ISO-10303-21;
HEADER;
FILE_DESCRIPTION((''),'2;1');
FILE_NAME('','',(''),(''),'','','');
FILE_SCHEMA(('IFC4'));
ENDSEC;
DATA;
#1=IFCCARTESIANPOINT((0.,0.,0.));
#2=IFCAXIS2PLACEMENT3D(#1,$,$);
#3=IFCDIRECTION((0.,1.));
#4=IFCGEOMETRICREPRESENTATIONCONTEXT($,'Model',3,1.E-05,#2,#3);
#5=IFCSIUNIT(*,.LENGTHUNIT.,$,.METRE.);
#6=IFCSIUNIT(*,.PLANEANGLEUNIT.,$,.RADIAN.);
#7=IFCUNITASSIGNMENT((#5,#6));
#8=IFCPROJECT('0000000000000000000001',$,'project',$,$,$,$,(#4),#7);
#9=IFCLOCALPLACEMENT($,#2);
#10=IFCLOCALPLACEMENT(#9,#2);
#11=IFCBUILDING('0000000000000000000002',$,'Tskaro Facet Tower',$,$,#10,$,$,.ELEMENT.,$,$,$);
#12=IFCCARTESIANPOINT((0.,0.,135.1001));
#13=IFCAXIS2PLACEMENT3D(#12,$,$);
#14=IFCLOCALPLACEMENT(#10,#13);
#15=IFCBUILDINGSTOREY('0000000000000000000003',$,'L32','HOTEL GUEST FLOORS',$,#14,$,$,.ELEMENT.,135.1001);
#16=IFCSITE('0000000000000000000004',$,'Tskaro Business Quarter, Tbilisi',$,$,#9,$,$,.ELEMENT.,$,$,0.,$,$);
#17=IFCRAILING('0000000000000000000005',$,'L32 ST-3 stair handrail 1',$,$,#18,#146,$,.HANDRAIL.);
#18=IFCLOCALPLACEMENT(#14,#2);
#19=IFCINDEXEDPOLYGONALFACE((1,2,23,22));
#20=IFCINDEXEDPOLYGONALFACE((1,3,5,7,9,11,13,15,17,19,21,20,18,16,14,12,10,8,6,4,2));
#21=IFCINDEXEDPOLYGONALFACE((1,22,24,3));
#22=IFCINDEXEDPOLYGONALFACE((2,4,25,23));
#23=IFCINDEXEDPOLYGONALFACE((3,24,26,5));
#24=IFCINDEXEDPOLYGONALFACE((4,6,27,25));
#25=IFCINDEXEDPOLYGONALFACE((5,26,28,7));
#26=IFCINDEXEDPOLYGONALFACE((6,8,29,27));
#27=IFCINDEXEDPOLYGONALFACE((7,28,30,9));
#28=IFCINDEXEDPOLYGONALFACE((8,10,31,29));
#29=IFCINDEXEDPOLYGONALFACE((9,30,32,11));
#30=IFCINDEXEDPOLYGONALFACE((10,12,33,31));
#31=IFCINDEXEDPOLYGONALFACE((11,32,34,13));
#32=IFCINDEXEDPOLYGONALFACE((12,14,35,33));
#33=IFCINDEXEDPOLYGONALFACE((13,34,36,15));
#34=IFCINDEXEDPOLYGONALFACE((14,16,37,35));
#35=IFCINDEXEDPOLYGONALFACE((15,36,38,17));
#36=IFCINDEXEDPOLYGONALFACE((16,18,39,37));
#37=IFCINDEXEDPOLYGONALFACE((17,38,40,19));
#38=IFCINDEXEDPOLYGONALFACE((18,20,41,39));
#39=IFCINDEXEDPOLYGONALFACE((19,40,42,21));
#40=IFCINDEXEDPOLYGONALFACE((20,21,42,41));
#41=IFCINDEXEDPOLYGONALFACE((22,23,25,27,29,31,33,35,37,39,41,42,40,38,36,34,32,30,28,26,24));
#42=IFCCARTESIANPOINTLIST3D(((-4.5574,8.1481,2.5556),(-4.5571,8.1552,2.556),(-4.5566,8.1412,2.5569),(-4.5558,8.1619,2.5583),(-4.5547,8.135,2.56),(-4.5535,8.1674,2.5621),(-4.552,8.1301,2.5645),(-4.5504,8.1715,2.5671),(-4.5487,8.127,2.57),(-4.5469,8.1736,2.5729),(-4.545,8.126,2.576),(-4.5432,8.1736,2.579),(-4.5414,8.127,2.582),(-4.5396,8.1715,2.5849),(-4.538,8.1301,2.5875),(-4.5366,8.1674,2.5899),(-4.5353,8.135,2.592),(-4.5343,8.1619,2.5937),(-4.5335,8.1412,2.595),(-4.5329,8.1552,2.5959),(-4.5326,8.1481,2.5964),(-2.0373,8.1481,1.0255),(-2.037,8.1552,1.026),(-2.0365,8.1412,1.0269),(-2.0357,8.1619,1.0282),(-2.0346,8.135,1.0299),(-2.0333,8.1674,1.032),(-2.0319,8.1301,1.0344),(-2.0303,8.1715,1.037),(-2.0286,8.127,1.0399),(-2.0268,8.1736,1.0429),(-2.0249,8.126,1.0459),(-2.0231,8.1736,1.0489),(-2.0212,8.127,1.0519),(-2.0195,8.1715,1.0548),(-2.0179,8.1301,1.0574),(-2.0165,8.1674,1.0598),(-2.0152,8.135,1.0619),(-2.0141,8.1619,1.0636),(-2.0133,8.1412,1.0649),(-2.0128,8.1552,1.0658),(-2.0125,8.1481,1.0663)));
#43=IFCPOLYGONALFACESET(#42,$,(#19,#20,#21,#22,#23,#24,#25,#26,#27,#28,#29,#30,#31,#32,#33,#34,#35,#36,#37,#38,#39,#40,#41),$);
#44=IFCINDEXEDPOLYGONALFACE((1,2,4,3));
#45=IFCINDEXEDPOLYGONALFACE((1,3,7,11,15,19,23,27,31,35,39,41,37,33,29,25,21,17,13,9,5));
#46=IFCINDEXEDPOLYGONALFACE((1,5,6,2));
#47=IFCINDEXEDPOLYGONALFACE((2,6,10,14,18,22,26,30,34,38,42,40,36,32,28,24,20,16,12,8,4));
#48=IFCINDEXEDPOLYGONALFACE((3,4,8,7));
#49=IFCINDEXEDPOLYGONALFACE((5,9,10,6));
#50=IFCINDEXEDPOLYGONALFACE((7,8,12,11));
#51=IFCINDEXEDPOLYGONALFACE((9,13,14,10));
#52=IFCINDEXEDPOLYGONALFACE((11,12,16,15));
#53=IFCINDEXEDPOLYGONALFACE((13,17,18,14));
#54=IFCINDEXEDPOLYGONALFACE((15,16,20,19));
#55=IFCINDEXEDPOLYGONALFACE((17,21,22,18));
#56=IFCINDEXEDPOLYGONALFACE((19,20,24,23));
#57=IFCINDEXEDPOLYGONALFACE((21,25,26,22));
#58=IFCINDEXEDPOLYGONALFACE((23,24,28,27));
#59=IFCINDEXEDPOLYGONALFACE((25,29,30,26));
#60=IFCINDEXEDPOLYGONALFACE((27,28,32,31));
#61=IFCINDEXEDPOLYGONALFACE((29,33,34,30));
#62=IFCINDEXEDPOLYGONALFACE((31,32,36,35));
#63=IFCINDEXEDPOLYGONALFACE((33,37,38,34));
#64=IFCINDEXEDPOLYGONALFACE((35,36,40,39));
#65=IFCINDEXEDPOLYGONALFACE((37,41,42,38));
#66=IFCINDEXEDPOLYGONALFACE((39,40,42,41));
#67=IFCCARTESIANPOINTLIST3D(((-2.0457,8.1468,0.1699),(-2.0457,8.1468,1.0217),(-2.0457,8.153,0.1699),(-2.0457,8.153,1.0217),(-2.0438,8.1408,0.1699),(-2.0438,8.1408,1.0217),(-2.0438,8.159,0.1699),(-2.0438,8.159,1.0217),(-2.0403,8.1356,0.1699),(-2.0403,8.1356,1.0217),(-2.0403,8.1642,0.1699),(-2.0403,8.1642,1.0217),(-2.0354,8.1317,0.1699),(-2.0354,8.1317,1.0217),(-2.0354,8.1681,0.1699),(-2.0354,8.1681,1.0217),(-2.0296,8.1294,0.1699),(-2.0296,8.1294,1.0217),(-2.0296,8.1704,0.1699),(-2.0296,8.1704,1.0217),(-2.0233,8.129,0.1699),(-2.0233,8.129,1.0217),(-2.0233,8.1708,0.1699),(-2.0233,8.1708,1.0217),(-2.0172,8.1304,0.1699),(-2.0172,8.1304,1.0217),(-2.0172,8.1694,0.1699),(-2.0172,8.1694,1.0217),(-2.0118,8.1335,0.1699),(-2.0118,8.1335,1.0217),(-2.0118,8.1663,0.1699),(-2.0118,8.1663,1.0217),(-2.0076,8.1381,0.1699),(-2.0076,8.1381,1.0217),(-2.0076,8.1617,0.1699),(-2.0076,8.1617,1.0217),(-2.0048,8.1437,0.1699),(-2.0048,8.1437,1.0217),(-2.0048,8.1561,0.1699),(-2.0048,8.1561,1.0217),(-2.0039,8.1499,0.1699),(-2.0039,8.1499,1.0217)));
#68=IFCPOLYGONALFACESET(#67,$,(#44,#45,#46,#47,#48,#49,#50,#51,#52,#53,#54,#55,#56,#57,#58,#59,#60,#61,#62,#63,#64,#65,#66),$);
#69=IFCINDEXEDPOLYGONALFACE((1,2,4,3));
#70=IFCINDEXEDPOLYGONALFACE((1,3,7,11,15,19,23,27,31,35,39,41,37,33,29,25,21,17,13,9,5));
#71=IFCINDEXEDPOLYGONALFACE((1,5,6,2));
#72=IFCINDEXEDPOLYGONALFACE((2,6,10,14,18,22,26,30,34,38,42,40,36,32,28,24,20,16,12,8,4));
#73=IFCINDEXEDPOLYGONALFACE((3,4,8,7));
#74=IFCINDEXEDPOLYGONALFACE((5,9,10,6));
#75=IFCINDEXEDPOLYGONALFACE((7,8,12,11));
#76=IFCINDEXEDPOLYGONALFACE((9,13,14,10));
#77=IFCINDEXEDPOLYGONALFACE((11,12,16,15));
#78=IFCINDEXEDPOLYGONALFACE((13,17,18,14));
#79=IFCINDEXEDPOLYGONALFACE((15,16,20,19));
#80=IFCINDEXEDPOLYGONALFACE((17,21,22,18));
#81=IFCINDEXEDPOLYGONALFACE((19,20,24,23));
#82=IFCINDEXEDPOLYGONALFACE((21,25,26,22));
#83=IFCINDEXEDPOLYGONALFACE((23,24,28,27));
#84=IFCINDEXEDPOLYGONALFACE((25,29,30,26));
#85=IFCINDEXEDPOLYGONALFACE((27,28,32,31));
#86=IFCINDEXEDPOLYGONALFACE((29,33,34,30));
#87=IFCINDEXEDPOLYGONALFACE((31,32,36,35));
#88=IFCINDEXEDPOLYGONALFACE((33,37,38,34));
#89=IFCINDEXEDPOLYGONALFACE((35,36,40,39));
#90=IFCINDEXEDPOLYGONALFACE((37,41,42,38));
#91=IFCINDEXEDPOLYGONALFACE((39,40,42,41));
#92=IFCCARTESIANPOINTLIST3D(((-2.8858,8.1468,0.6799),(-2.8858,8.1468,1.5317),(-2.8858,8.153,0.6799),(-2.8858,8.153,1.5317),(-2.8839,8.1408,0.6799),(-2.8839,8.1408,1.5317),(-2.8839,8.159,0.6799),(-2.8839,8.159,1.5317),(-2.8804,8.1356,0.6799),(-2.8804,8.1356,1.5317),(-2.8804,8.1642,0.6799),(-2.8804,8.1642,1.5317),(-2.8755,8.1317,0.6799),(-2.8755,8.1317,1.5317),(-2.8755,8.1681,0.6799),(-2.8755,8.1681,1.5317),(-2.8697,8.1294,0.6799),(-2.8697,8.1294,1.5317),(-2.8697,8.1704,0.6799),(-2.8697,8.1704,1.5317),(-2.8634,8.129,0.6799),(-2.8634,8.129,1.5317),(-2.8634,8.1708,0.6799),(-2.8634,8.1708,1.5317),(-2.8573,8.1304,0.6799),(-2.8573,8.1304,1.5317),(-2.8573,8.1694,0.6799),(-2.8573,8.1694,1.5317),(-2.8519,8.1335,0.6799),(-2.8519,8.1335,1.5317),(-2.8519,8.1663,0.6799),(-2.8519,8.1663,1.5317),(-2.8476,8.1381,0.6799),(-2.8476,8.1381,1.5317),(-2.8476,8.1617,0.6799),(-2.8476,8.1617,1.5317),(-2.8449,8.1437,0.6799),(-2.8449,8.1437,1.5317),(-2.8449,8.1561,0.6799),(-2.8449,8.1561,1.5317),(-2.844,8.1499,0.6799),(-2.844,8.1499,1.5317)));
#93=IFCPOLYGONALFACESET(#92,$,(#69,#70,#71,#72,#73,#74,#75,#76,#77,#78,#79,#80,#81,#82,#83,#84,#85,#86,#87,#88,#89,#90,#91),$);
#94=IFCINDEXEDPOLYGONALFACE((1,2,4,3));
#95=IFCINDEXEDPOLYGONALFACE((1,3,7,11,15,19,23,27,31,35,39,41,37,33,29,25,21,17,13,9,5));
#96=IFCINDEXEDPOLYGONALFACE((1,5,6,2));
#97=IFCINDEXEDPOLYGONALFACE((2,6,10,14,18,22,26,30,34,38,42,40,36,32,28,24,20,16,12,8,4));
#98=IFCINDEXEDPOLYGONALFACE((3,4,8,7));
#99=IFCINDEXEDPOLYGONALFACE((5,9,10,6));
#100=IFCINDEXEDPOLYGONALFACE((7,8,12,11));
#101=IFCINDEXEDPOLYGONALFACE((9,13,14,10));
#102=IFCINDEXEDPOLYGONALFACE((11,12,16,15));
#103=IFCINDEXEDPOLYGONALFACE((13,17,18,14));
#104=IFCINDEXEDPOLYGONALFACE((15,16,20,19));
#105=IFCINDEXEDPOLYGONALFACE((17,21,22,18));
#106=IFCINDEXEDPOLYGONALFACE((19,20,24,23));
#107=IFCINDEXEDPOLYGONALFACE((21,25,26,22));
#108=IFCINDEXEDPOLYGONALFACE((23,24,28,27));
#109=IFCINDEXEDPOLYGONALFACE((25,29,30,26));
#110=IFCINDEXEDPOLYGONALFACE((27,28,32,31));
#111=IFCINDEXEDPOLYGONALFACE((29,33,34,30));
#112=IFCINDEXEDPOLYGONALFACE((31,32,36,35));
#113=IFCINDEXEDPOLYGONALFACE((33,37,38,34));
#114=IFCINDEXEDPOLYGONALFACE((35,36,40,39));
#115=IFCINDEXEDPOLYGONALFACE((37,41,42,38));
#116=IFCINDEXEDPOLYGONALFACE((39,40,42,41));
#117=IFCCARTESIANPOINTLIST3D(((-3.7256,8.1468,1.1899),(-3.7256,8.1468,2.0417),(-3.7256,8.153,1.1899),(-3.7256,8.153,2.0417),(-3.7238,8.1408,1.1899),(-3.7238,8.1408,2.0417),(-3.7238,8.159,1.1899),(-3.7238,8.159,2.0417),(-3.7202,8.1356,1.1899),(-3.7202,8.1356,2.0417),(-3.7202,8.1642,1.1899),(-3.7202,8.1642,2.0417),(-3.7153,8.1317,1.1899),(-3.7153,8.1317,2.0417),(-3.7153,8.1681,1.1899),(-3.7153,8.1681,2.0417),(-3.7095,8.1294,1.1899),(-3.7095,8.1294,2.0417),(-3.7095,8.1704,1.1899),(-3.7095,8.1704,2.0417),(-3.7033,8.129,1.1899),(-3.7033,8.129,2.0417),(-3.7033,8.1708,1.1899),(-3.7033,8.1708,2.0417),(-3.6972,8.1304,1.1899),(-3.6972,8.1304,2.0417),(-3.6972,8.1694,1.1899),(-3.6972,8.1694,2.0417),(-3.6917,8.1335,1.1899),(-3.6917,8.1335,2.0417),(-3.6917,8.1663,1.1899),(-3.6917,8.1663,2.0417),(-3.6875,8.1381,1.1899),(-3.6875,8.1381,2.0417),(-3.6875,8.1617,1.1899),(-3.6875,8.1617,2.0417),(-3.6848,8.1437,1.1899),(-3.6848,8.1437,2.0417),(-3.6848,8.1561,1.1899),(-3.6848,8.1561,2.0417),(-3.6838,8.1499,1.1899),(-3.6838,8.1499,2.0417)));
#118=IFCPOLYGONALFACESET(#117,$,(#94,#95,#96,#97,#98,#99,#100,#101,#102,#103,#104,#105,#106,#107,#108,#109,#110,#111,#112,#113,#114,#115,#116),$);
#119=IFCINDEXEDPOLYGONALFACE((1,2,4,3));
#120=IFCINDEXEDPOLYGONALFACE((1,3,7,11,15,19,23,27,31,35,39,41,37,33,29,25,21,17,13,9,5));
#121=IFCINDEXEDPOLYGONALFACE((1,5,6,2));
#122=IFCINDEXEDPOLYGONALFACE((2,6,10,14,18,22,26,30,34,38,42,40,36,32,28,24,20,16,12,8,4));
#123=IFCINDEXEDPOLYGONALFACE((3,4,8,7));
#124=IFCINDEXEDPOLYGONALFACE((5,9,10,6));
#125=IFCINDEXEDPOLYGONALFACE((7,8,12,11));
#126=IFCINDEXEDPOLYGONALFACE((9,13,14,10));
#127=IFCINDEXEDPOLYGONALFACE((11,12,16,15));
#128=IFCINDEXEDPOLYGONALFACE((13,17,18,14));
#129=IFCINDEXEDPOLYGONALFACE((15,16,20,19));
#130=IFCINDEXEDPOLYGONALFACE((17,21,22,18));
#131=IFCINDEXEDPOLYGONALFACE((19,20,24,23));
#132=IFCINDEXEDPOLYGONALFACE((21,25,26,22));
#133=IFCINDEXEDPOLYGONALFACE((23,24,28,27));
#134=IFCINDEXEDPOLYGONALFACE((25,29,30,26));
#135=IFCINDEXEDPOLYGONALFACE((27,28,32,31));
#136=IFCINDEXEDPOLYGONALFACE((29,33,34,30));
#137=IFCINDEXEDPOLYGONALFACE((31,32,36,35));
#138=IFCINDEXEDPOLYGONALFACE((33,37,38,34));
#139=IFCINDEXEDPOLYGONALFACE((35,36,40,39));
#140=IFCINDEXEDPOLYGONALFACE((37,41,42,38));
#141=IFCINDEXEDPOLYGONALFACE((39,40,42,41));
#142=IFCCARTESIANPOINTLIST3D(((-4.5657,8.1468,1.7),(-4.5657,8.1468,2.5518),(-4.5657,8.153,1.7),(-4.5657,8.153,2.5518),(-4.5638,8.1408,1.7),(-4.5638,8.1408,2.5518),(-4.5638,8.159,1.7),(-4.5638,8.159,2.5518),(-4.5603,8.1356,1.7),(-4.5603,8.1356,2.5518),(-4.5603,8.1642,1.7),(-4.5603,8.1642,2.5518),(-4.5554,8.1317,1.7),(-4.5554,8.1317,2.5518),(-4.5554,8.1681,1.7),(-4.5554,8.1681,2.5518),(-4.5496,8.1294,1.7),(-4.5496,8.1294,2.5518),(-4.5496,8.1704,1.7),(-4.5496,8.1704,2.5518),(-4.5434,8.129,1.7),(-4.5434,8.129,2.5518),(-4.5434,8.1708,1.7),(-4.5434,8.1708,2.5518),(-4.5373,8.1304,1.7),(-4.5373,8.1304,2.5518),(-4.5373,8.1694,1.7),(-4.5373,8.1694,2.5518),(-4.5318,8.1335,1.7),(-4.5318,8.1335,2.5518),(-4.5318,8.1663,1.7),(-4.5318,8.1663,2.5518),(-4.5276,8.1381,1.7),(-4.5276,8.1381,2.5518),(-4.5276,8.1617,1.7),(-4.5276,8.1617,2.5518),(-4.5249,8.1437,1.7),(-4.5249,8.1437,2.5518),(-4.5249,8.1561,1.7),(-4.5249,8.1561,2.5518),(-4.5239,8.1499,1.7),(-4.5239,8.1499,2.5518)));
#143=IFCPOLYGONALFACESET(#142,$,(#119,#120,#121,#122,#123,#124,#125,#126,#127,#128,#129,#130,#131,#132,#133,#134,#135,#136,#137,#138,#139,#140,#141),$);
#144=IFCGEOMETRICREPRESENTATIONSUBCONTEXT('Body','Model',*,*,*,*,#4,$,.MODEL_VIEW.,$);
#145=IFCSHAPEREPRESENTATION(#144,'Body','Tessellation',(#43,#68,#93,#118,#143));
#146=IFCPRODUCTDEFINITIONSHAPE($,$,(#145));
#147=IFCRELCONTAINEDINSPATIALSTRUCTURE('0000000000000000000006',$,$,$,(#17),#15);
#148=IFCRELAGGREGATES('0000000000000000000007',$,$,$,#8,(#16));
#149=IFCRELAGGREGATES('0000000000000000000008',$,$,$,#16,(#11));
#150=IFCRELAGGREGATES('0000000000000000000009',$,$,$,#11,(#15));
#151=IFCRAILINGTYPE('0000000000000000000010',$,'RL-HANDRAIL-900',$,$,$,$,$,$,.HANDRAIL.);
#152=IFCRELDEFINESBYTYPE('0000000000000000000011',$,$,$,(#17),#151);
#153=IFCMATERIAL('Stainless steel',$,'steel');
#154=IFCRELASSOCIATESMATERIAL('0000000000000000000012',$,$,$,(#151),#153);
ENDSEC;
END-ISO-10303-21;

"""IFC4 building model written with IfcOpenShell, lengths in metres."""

from ifc_helpers import new_model, si_unit, direction, frame, origin, origin_2d, place, context, subcontext, project, spatial, circle, extrude, material, type_object, element, save


model = new_model("IFC4")

# Units and contexts
model_context = context("Model", 3, precision=1e-05, world=origin(), true_north=direction((0.0, 1.0)))
body_context = subcontext(model_context, "Body", "Model", "MODEL_VIEW")
ifc_project = project(units=[si_unit("LENGTHUNIT", "METRE"), si_unit("PLANEANGLEUNIT", "RADIAN")], contexts=[model_context])

# Site, building, storey
site_placement = place(None, origin())
site = spatial("IfcSite", under=ifc_project, at=site_placement, Name="Tskaro Business Quarter, Tbilisi", CompositionType="ELEMENT", RefElevation=0.0)
building_placement = place(site_placement, origin())
building = spatial("IfcBuilding", under=site, at=building_placement, Name="Tskaro Facet Tower", CompositionType="ELEMENT")
storey_placement = place(building_placement, frame((0.0, 0.0, 135.1001)))
storey = spatial("IfcBuildingStorey", under=building, at=storey_placement, Name="L32", Description="HOTEL GUEST FLOORS", CompositionType="ELEMENT", Elevation=135.1001)

# Railing
ifc_material_1 = material(Name="Stainless steel", Category="steel")
railing_type_1 = type_object("IfcRailingType", Name="RL-HANDRAIL-900", PredefinedType="HANDRAIL", material=ifc_material_1)
railing_1_placement = place(storey_placement, frame((-2.0249, 8.1499, 0.1699)))
element("IfcRailing", 1, at=railing_1_placement, inside=storey, type_object=railing_type_1, Name="L32 ST-3 stair handrail 1", PredefinedType="HANDRAIL", context=body_context, shape_type="SweptSolid", body=[
    extrude(circle(Radius=0.0239, at=origin_2d()), frame((0.0, 0.0, 0.876), z_axis=(-0.854785, 0.0, 0.518982), x_axis=(0.0, -1.0, 0.0)), (0.0, 0.0, 1.0), 2.9482),
    extrude(circle(Radius=0.021, at=origin_2d()), origin(), (0.0, 0.0, 1.0), 0.8518),
    extrude(circle(Radius=0.021, at=origin_2d()), frame((-0.8401, 0.0, 0.51)), (0.0, 0.0, 1.0), 0.8518),
    extrude(circle(Radius=0.021, at=origin_2d()), frame((-1.6799, 0.0, 1.02)), (0.0, 0.0, 1.0), 0.8518),
    extrude(circle(Radius=0.021, at=origin_2d()), frame((-2.52, 0.0, 1.53)), (0.0, 0.0, 1.0), 0.8518),
])

save(model, "model.ifc")
